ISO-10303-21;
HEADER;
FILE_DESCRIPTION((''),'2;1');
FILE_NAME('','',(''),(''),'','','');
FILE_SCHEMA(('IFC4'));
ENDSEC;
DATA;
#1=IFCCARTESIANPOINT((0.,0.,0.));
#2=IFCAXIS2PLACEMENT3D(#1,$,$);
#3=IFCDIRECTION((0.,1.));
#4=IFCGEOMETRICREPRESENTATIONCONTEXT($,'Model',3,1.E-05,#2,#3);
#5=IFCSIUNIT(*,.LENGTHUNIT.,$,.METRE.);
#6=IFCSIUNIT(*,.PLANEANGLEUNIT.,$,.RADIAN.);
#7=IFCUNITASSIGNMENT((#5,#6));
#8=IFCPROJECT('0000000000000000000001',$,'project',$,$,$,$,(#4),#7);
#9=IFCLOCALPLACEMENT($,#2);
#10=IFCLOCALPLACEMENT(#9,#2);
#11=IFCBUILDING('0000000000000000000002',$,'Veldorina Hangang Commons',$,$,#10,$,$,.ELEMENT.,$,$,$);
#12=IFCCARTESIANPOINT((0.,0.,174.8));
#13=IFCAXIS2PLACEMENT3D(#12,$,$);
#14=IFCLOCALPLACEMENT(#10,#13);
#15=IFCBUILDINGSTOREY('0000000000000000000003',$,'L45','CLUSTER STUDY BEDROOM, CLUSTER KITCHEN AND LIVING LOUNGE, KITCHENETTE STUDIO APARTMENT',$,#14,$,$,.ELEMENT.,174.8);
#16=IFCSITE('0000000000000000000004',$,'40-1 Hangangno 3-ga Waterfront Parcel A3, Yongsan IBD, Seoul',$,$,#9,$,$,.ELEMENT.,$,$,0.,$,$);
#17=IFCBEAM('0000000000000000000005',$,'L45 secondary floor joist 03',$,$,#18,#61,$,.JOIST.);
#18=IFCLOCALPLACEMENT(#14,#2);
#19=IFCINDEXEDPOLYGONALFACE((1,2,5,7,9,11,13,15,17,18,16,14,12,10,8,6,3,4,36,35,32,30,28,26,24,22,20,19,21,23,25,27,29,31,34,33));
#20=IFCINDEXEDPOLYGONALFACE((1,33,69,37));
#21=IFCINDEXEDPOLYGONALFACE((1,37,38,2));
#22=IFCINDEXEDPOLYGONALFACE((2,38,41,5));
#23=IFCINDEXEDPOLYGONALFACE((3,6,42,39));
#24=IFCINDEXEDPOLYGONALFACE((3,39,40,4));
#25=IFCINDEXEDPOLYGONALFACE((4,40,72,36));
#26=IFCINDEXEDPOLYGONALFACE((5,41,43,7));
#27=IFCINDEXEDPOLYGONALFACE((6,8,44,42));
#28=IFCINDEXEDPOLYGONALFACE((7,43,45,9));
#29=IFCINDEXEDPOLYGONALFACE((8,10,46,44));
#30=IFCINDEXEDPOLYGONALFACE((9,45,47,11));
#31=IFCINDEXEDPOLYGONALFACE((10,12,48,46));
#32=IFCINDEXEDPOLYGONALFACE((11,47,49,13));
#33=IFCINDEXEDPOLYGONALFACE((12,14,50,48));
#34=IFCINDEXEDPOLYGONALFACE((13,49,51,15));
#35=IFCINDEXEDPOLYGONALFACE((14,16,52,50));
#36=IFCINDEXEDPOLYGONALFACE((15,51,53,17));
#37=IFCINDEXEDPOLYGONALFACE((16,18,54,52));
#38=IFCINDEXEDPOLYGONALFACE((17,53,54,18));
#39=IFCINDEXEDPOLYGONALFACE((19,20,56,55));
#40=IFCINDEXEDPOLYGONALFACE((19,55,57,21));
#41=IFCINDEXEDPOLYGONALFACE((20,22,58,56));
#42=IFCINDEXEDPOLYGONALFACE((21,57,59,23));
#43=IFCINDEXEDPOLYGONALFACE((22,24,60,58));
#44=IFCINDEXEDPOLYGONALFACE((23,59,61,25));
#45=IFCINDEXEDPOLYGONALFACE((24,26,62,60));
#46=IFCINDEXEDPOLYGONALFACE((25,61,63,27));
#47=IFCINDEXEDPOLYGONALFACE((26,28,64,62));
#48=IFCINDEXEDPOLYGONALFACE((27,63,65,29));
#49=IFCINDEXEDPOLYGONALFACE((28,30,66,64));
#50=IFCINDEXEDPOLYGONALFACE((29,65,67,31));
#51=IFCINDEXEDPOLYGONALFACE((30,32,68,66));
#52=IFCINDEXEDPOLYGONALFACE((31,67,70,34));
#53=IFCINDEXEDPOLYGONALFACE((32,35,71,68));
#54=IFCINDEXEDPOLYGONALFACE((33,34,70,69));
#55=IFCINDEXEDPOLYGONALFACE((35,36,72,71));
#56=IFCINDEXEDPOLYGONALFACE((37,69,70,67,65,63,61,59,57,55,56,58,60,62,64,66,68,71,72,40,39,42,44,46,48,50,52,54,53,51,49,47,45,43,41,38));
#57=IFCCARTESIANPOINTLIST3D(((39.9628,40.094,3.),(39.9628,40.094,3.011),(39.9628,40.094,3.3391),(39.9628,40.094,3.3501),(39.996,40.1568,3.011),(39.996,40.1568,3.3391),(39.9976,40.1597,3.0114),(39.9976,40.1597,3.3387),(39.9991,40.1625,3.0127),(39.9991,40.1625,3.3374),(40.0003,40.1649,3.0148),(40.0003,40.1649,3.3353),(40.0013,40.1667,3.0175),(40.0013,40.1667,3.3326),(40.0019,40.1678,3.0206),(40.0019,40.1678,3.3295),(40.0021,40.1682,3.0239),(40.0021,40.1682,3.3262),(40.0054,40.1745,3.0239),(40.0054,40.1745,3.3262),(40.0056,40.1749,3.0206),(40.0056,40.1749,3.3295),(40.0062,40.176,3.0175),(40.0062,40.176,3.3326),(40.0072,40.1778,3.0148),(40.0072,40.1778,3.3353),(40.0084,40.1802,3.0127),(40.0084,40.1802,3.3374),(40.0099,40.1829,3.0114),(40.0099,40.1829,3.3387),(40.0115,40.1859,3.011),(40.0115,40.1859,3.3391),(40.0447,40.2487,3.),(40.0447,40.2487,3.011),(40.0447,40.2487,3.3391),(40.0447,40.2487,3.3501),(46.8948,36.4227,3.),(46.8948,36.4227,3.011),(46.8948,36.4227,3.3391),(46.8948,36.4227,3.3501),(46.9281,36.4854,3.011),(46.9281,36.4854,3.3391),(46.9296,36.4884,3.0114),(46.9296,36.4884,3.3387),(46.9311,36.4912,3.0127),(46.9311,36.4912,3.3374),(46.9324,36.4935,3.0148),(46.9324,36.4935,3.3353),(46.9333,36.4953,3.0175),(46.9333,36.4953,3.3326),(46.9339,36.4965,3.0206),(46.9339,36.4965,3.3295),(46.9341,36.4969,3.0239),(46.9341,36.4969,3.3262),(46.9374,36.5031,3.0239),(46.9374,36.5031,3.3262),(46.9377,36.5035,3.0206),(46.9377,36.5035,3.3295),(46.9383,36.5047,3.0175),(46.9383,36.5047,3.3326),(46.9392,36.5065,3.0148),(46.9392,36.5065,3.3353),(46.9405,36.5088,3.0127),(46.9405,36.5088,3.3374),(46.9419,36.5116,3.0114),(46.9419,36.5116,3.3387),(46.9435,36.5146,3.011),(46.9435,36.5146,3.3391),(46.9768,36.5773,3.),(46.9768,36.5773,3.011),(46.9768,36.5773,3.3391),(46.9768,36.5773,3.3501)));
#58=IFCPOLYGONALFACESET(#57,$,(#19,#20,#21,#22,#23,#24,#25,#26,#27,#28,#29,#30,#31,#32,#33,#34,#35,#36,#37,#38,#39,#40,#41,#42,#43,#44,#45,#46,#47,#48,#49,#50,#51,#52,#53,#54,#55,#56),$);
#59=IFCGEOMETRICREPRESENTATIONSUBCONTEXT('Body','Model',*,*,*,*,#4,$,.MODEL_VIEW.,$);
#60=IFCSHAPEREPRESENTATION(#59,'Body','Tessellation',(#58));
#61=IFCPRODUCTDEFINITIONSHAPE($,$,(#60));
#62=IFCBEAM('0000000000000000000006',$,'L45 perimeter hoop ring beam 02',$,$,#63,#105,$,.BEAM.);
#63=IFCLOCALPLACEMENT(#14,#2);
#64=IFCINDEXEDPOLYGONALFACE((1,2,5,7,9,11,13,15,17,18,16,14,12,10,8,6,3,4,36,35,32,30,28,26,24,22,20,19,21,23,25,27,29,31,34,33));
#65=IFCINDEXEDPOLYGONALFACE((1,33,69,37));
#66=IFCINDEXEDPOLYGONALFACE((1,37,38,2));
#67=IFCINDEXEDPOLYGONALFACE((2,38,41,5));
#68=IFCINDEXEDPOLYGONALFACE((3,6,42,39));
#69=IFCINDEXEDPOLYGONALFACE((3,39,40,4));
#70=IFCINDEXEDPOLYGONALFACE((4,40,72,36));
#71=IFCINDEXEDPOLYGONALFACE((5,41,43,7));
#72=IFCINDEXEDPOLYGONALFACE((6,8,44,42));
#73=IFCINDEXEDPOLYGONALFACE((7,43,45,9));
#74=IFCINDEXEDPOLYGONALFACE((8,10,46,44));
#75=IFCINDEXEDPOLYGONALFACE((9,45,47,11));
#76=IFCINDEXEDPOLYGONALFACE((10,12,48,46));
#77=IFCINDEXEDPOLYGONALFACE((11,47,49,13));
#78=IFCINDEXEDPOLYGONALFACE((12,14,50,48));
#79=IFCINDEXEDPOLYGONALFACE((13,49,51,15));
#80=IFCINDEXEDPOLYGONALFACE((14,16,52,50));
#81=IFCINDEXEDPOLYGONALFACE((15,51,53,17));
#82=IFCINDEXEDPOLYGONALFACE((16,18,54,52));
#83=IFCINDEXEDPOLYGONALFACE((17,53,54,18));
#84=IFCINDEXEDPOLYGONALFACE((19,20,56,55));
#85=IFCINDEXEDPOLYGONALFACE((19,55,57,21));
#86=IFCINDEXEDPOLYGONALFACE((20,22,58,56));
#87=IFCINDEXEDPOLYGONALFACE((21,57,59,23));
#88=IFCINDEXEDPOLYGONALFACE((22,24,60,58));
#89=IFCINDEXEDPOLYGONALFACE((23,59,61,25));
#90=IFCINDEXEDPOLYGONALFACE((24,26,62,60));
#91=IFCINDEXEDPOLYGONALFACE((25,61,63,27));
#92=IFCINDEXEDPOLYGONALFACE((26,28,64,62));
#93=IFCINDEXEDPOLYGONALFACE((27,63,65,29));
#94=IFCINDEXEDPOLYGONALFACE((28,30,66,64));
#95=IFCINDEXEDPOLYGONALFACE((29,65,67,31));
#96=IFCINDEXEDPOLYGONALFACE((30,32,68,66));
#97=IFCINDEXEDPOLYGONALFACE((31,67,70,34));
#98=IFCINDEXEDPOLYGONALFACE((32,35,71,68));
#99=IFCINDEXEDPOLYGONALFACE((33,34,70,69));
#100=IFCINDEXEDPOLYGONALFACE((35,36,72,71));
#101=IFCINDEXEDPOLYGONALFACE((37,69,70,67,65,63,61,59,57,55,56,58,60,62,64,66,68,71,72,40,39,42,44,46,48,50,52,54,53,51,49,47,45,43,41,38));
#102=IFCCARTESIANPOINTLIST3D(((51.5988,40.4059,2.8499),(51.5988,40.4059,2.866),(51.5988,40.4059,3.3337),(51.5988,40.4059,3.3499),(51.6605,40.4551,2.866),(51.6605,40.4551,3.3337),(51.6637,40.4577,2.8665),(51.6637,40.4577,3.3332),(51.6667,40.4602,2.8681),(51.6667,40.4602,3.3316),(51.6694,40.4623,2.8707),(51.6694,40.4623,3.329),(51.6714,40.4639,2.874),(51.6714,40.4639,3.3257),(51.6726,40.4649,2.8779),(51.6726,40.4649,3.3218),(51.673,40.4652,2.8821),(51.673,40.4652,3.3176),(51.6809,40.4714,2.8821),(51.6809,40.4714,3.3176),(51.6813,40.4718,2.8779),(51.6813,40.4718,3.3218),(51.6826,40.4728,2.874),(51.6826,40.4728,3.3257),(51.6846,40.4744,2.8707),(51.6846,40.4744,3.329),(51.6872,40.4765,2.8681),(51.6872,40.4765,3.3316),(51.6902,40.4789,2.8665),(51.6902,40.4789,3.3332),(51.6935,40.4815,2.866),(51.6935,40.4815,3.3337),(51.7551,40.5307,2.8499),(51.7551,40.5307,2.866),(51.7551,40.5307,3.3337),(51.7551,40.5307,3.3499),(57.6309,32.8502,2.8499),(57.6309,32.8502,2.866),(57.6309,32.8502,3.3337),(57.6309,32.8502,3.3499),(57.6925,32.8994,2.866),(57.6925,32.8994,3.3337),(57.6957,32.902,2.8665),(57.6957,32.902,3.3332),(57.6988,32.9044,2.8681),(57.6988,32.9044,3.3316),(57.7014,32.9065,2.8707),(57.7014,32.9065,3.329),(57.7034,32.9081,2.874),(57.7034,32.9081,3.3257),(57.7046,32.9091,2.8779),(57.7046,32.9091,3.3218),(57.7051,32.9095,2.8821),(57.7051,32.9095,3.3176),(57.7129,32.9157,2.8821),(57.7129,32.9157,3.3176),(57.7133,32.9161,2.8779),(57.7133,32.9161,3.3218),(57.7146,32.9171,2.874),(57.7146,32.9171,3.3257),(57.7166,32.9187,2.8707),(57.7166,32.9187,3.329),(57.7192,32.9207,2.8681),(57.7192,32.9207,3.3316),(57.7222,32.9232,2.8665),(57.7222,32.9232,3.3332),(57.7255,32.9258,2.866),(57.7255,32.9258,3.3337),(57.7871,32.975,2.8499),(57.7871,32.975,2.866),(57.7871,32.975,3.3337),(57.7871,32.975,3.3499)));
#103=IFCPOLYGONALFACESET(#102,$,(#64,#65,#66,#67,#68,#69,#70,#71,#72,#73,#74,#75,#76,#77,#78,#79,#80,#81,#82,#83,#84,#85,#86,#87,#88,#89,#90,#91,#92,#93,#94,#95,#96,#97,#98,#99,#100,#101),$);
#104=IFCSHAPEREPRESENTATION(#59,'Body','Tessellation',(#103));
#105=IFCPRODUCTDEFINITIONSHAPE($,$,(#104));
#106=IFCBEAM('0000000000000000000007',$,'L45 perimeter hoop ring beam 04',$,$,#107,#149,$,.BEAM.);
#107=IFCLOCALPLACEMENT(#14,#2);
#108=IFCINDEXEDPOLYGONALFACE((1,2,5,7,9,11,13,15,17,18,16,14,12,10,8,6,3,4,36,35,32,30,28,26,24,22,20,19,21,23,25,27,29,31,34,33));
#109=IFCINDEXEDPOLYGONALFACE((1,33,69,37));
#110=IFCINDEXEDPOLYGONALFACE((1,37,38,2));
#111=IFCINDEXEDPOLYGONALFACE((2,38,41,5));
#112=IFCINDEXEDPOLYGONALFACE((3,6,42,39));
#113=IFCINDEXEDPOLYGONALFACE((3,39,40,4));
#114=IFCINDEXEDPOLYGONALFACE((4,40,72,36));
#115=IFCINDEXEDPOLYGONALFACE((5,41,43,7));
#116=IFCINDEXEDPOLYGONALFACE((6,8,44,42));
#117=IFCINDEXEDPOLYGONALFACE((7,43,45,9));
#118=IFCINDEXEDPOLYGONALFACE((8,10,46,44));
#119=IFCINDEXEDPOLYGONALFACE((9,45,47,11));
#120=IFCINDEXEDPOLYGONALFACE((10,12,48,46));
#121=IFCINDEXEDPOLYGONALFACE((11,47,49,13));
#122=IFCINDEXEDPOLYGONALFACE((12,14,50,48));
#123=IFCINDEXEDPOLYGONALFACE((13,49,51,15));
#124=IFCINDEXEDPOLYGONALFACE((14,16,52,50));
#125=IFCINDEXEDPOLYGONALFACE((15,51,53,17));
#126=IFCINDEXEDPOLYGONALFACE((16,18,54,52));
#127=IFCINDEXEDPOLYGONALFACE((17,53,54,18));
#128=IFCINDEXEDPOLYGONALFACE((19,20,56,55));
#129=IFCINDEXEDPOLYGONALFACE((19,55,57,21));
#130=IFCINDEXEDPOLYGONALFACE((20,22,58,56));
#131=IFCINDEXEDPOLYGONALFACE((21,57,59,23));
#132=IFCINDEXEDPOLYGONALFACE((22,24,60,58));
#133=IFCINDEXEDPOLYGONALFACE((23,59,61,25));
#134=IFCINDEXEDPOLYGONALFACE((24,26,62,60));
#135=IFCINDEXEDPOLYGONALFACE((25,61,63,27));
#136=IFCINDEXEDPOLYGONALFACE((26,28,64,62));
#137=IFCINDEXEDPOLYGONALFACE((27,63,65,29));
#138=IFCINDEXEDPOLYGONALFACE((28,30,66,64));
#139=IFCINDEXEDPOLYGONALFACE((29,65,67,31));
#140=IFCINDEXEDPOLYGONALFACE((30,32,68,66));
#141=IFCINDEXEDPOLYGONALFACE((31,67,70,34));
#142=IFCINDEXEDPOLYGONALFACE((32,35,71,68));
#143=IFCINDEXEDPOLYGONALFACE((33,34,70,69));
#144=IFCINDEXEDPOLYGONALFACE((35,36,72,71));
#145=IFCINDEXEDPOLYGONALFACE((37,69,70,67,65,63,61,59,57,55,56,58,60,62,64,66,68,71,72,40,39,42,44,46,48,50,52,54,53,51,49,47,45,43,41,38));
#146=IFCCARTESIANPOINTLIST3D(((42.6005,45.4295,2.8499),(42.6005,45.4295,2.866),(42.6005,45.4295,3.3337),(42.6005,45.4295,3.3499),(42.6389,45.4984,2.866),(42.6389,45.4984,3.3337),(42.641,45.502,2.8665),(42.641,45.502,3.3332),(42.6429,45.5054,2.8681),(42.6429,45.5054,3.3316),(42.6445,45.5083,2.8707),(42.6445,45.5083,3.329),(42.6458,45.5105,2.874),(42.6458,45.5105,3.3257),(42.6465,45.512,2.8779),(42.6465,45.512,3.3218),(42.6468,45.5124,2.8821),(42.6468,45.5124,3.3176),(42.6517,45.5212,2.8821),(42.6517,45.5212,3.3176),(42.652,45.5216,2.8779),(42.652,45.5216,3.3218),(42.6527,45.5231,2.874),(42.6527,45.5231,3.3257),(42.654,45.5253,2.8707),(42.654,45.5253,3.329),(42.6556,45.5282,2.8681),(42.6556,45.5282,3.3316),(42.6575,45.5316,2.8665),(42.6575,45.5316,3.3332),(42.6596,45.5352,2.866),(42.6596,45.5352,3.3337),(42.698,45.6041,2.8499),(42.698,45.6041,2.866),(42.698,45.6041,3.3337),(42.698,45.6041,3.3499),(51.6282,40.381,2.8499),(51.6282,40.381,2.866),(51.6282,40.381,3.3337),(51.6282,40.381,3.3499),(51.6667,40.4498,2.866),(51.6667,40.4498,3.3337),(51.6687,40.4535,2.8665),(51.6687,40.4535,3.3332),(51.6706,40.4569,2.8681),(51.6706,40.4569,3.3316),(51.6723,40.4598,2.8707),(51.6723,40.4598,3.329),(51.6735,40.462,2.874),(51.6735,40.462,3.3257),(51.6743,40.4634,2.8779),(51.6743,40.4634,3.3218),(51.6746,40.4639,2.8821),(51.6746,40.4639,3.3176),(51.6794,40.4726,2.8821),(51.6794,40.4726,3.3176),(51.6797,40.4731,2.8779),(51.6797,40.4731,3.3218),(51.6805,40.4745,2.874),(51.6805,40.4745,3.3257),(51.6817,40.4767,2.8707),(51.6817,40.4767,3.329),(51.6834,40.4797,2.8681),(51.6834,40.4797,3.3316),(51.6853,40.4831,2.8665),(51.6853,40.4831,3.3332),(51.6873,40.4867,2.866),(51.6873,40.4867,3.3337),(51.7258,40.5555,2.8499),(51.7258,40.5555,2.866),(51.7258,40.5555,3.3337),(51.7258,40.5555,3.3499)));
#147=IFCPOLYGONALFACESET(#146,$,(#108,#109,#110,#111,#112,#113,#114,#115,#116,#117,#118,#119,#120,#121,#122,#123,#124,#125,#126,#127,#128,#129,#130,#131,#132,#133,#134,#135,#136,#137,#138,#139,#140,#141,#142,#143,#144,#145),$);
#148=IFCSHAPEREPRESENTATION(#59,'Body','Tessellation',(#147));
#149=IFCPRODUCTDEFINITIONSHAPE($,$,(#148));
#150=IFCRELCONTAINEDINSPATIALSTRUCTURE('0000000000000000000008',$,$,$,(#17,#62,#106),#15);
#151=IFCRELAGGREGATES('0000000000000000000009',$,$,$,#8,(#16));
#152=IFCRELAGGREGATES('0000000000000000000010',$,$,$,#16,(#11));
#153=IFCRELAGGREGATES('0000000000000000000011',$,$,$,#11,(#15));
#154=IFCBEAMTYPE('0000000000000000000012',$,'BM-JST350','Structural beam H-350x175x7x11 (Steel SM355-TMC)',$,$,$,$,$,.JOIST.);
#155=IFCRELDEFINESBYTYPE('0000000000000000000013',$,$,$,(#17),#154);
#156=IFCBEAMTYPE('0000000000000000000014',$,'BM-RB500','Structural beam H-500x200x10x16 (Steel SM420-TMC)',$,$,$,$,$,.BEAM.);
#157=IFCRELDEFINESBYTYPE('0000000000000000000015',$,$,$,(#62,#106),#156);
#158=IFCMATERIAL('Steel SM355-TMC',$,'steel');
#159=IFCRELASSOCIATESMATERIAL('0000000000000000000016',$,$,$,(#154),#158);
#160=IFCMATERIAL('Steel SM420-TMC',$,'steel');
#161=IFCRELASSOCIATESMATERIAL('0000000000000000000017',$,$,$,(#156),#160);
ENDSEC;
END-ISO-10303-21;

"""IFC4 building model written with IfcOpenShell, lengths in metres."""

from ifc_helpers import new_model, si_unit, direction, frame, origin, origin_2d, place, context, subcontext, project, spatial, i_section, extrude, material, material_profile, profile_set, type_object, element, save


model = new_model("IFC4")

# Units and contexts
model_context = context("Model", 3, precision=1e-05, world=origin(), true_north=direction((0.0, 1.0)))
body_context = subcontext(model_context, "Body", "Model", "MODEL_VIEW")
ifc_project = project(units=[si_unit("LENGTHUNIT", "METRE"), si_unit("PLANEANGLEUNIT", "RADIAN")], contexts=[model_context])

# Site, building, storey
site_placement = place(None, origin())
site = spatial("IfcSite", under=ifc_project, at=site_placement, Name="40-1 Hangangno 3-ga Waterfront Parcel A3, Yongsan IBD, Seoul", CompositionType="ELEMENT", RefElevation=0.0)
building_placement = place(site_placement, origin())
building = spatial("IfcBuilding", under=site, at=building_placement, Name="Veldorina Hangang Commons", CompositionType="ELEMENT")
storey_placement = place(building_placement, frame((0.0, 0.0, 174.8)))
storey = spatial("IfcBuildingStorey", under=building, at=storey_placement, Name="L45", Description="CLUSTER STUDY BEDROOM, CLUSTER KITCHEN AND LIVING LOUNGE, KITCHENETTE STUDIO APARTMENT", CompositionType="ELEMENT", Elevation=174.8)

# Beams
ifc_material_1 = material(Name="Steel SM355-TMC", Category="steel")
ifc_material_profile_1 = material_profile(ifc_material_1, i_section(OverallWidth=0.175, OverallDepth=0.3501, WebThickness=0.0071, FlangeThickness=0.011, FilletRadius=0.0129, at=origin_2d()), Name="H-350x175x7x11")
ifc_profile_set_1 = profile_set([ifc_material_profile_1], Name="Steel SM355-TMC")
beam_type_1 = type_object("IfcBeamType", Name="BM-JST350", Description="Structural beam H-350x175x7x11 (Steel SM355-TMC)", PredefinedType="JOIST", material=ifc_profile_set_1)
beam_1_placement = place(storey_placement, frame((46.9358, 36.5, 3.175), z_axis=(-0.883712, 0.468031, 0.0), x_axis=(-0.468031, -0.883712, 0.0)))
element("IfcBeam", 1, at=beam_1_placement, inside=storey, type_object=beam_type_1, Name="L45 secondary floor joist 03", PredefinedType="JOIST", context=body_context, shape_type="SweptSolid", body=[
    extrude(i_section(OverallWidth=0.175, OverallDepth=0.3501, WebThickness=0.0071, FlangeThickness=0.011, FilletRadius=0.0129, at=origin_2d()), origin(), (0.0, 0.0, 1.0), 7.8442),
])
ifc_material_2 = material(Name="Steel SM420-TMC", Category="steel")
ifc_material_profile_2 = material_profile(ifc_material_2, i_section(OverallWidth=0.2, OverallDepth=0.5, WebThickness=0.01, FlangeThickness=0.0161, FilletRadius=0.0161, at=origin_2d()), Name="H-500x200x10x16")
ifc_profile_set_2 = profile_set([ifc_material_profile_2], Name="Steel SM420-TMC")
beam_type_2 = type_object("IfcBeamType", Name="BM-RB500", Description="Structural beam H-500x200x10x16 (Steel SM420-TMC)", PredefinedType="BEAM", material=ifc_profile_set_2)
beam_2_placement = place(storey_placement, frame((57.709, 32.9126, 3.0999), z_axis=(-0.623903, 0.781502, 0.0), x_axis=(-0.781502, -0.623903, 0.0)))
element("IfcBeam", 2, at=beam_2_placement, inside=storey, type_object=beam_type_2, Name="L45 perimeter hoop ring beam 02", PredefinedType="BEAM", context=body_context, shape_type="SweptSolid", body=[
    extrude(i_section(OverallWidth=0.2, OverallDepth=0.5, WebThickness=0.01, FlangeThickness=0.0161, FilletRadius=0.0161, at=origin_2d()), origin(), (0.0, 0.0, 1.0), 9.6682),
])
beam_3_placement = place(storey_placement, frame((51.677, 40.4683, 3.0999), z_axis=(-0.872794, 0.488088, 0.0), x_axis=(-0.488088, -0.872794, 0.0)))
element("IfcBeam", 3, at=beam_3_placement, inside=storey, type_object=beam_type_2, Name="L45 perimeter hoop ring beam 04", PredefinedType="BEAM", context=body_context, shape_type="SweptSolid", body=[
    extrude(i_section(OverallWidth=0.2, OverallDepth=0.5, WebThickness=0.01, FlangeThickness=0.0161, FilletRadius=0.0161, at=origin_2d()), origin(), (0.0, 0.0, 1.0), 10.3435),
])

save(model, "model.ifc")
